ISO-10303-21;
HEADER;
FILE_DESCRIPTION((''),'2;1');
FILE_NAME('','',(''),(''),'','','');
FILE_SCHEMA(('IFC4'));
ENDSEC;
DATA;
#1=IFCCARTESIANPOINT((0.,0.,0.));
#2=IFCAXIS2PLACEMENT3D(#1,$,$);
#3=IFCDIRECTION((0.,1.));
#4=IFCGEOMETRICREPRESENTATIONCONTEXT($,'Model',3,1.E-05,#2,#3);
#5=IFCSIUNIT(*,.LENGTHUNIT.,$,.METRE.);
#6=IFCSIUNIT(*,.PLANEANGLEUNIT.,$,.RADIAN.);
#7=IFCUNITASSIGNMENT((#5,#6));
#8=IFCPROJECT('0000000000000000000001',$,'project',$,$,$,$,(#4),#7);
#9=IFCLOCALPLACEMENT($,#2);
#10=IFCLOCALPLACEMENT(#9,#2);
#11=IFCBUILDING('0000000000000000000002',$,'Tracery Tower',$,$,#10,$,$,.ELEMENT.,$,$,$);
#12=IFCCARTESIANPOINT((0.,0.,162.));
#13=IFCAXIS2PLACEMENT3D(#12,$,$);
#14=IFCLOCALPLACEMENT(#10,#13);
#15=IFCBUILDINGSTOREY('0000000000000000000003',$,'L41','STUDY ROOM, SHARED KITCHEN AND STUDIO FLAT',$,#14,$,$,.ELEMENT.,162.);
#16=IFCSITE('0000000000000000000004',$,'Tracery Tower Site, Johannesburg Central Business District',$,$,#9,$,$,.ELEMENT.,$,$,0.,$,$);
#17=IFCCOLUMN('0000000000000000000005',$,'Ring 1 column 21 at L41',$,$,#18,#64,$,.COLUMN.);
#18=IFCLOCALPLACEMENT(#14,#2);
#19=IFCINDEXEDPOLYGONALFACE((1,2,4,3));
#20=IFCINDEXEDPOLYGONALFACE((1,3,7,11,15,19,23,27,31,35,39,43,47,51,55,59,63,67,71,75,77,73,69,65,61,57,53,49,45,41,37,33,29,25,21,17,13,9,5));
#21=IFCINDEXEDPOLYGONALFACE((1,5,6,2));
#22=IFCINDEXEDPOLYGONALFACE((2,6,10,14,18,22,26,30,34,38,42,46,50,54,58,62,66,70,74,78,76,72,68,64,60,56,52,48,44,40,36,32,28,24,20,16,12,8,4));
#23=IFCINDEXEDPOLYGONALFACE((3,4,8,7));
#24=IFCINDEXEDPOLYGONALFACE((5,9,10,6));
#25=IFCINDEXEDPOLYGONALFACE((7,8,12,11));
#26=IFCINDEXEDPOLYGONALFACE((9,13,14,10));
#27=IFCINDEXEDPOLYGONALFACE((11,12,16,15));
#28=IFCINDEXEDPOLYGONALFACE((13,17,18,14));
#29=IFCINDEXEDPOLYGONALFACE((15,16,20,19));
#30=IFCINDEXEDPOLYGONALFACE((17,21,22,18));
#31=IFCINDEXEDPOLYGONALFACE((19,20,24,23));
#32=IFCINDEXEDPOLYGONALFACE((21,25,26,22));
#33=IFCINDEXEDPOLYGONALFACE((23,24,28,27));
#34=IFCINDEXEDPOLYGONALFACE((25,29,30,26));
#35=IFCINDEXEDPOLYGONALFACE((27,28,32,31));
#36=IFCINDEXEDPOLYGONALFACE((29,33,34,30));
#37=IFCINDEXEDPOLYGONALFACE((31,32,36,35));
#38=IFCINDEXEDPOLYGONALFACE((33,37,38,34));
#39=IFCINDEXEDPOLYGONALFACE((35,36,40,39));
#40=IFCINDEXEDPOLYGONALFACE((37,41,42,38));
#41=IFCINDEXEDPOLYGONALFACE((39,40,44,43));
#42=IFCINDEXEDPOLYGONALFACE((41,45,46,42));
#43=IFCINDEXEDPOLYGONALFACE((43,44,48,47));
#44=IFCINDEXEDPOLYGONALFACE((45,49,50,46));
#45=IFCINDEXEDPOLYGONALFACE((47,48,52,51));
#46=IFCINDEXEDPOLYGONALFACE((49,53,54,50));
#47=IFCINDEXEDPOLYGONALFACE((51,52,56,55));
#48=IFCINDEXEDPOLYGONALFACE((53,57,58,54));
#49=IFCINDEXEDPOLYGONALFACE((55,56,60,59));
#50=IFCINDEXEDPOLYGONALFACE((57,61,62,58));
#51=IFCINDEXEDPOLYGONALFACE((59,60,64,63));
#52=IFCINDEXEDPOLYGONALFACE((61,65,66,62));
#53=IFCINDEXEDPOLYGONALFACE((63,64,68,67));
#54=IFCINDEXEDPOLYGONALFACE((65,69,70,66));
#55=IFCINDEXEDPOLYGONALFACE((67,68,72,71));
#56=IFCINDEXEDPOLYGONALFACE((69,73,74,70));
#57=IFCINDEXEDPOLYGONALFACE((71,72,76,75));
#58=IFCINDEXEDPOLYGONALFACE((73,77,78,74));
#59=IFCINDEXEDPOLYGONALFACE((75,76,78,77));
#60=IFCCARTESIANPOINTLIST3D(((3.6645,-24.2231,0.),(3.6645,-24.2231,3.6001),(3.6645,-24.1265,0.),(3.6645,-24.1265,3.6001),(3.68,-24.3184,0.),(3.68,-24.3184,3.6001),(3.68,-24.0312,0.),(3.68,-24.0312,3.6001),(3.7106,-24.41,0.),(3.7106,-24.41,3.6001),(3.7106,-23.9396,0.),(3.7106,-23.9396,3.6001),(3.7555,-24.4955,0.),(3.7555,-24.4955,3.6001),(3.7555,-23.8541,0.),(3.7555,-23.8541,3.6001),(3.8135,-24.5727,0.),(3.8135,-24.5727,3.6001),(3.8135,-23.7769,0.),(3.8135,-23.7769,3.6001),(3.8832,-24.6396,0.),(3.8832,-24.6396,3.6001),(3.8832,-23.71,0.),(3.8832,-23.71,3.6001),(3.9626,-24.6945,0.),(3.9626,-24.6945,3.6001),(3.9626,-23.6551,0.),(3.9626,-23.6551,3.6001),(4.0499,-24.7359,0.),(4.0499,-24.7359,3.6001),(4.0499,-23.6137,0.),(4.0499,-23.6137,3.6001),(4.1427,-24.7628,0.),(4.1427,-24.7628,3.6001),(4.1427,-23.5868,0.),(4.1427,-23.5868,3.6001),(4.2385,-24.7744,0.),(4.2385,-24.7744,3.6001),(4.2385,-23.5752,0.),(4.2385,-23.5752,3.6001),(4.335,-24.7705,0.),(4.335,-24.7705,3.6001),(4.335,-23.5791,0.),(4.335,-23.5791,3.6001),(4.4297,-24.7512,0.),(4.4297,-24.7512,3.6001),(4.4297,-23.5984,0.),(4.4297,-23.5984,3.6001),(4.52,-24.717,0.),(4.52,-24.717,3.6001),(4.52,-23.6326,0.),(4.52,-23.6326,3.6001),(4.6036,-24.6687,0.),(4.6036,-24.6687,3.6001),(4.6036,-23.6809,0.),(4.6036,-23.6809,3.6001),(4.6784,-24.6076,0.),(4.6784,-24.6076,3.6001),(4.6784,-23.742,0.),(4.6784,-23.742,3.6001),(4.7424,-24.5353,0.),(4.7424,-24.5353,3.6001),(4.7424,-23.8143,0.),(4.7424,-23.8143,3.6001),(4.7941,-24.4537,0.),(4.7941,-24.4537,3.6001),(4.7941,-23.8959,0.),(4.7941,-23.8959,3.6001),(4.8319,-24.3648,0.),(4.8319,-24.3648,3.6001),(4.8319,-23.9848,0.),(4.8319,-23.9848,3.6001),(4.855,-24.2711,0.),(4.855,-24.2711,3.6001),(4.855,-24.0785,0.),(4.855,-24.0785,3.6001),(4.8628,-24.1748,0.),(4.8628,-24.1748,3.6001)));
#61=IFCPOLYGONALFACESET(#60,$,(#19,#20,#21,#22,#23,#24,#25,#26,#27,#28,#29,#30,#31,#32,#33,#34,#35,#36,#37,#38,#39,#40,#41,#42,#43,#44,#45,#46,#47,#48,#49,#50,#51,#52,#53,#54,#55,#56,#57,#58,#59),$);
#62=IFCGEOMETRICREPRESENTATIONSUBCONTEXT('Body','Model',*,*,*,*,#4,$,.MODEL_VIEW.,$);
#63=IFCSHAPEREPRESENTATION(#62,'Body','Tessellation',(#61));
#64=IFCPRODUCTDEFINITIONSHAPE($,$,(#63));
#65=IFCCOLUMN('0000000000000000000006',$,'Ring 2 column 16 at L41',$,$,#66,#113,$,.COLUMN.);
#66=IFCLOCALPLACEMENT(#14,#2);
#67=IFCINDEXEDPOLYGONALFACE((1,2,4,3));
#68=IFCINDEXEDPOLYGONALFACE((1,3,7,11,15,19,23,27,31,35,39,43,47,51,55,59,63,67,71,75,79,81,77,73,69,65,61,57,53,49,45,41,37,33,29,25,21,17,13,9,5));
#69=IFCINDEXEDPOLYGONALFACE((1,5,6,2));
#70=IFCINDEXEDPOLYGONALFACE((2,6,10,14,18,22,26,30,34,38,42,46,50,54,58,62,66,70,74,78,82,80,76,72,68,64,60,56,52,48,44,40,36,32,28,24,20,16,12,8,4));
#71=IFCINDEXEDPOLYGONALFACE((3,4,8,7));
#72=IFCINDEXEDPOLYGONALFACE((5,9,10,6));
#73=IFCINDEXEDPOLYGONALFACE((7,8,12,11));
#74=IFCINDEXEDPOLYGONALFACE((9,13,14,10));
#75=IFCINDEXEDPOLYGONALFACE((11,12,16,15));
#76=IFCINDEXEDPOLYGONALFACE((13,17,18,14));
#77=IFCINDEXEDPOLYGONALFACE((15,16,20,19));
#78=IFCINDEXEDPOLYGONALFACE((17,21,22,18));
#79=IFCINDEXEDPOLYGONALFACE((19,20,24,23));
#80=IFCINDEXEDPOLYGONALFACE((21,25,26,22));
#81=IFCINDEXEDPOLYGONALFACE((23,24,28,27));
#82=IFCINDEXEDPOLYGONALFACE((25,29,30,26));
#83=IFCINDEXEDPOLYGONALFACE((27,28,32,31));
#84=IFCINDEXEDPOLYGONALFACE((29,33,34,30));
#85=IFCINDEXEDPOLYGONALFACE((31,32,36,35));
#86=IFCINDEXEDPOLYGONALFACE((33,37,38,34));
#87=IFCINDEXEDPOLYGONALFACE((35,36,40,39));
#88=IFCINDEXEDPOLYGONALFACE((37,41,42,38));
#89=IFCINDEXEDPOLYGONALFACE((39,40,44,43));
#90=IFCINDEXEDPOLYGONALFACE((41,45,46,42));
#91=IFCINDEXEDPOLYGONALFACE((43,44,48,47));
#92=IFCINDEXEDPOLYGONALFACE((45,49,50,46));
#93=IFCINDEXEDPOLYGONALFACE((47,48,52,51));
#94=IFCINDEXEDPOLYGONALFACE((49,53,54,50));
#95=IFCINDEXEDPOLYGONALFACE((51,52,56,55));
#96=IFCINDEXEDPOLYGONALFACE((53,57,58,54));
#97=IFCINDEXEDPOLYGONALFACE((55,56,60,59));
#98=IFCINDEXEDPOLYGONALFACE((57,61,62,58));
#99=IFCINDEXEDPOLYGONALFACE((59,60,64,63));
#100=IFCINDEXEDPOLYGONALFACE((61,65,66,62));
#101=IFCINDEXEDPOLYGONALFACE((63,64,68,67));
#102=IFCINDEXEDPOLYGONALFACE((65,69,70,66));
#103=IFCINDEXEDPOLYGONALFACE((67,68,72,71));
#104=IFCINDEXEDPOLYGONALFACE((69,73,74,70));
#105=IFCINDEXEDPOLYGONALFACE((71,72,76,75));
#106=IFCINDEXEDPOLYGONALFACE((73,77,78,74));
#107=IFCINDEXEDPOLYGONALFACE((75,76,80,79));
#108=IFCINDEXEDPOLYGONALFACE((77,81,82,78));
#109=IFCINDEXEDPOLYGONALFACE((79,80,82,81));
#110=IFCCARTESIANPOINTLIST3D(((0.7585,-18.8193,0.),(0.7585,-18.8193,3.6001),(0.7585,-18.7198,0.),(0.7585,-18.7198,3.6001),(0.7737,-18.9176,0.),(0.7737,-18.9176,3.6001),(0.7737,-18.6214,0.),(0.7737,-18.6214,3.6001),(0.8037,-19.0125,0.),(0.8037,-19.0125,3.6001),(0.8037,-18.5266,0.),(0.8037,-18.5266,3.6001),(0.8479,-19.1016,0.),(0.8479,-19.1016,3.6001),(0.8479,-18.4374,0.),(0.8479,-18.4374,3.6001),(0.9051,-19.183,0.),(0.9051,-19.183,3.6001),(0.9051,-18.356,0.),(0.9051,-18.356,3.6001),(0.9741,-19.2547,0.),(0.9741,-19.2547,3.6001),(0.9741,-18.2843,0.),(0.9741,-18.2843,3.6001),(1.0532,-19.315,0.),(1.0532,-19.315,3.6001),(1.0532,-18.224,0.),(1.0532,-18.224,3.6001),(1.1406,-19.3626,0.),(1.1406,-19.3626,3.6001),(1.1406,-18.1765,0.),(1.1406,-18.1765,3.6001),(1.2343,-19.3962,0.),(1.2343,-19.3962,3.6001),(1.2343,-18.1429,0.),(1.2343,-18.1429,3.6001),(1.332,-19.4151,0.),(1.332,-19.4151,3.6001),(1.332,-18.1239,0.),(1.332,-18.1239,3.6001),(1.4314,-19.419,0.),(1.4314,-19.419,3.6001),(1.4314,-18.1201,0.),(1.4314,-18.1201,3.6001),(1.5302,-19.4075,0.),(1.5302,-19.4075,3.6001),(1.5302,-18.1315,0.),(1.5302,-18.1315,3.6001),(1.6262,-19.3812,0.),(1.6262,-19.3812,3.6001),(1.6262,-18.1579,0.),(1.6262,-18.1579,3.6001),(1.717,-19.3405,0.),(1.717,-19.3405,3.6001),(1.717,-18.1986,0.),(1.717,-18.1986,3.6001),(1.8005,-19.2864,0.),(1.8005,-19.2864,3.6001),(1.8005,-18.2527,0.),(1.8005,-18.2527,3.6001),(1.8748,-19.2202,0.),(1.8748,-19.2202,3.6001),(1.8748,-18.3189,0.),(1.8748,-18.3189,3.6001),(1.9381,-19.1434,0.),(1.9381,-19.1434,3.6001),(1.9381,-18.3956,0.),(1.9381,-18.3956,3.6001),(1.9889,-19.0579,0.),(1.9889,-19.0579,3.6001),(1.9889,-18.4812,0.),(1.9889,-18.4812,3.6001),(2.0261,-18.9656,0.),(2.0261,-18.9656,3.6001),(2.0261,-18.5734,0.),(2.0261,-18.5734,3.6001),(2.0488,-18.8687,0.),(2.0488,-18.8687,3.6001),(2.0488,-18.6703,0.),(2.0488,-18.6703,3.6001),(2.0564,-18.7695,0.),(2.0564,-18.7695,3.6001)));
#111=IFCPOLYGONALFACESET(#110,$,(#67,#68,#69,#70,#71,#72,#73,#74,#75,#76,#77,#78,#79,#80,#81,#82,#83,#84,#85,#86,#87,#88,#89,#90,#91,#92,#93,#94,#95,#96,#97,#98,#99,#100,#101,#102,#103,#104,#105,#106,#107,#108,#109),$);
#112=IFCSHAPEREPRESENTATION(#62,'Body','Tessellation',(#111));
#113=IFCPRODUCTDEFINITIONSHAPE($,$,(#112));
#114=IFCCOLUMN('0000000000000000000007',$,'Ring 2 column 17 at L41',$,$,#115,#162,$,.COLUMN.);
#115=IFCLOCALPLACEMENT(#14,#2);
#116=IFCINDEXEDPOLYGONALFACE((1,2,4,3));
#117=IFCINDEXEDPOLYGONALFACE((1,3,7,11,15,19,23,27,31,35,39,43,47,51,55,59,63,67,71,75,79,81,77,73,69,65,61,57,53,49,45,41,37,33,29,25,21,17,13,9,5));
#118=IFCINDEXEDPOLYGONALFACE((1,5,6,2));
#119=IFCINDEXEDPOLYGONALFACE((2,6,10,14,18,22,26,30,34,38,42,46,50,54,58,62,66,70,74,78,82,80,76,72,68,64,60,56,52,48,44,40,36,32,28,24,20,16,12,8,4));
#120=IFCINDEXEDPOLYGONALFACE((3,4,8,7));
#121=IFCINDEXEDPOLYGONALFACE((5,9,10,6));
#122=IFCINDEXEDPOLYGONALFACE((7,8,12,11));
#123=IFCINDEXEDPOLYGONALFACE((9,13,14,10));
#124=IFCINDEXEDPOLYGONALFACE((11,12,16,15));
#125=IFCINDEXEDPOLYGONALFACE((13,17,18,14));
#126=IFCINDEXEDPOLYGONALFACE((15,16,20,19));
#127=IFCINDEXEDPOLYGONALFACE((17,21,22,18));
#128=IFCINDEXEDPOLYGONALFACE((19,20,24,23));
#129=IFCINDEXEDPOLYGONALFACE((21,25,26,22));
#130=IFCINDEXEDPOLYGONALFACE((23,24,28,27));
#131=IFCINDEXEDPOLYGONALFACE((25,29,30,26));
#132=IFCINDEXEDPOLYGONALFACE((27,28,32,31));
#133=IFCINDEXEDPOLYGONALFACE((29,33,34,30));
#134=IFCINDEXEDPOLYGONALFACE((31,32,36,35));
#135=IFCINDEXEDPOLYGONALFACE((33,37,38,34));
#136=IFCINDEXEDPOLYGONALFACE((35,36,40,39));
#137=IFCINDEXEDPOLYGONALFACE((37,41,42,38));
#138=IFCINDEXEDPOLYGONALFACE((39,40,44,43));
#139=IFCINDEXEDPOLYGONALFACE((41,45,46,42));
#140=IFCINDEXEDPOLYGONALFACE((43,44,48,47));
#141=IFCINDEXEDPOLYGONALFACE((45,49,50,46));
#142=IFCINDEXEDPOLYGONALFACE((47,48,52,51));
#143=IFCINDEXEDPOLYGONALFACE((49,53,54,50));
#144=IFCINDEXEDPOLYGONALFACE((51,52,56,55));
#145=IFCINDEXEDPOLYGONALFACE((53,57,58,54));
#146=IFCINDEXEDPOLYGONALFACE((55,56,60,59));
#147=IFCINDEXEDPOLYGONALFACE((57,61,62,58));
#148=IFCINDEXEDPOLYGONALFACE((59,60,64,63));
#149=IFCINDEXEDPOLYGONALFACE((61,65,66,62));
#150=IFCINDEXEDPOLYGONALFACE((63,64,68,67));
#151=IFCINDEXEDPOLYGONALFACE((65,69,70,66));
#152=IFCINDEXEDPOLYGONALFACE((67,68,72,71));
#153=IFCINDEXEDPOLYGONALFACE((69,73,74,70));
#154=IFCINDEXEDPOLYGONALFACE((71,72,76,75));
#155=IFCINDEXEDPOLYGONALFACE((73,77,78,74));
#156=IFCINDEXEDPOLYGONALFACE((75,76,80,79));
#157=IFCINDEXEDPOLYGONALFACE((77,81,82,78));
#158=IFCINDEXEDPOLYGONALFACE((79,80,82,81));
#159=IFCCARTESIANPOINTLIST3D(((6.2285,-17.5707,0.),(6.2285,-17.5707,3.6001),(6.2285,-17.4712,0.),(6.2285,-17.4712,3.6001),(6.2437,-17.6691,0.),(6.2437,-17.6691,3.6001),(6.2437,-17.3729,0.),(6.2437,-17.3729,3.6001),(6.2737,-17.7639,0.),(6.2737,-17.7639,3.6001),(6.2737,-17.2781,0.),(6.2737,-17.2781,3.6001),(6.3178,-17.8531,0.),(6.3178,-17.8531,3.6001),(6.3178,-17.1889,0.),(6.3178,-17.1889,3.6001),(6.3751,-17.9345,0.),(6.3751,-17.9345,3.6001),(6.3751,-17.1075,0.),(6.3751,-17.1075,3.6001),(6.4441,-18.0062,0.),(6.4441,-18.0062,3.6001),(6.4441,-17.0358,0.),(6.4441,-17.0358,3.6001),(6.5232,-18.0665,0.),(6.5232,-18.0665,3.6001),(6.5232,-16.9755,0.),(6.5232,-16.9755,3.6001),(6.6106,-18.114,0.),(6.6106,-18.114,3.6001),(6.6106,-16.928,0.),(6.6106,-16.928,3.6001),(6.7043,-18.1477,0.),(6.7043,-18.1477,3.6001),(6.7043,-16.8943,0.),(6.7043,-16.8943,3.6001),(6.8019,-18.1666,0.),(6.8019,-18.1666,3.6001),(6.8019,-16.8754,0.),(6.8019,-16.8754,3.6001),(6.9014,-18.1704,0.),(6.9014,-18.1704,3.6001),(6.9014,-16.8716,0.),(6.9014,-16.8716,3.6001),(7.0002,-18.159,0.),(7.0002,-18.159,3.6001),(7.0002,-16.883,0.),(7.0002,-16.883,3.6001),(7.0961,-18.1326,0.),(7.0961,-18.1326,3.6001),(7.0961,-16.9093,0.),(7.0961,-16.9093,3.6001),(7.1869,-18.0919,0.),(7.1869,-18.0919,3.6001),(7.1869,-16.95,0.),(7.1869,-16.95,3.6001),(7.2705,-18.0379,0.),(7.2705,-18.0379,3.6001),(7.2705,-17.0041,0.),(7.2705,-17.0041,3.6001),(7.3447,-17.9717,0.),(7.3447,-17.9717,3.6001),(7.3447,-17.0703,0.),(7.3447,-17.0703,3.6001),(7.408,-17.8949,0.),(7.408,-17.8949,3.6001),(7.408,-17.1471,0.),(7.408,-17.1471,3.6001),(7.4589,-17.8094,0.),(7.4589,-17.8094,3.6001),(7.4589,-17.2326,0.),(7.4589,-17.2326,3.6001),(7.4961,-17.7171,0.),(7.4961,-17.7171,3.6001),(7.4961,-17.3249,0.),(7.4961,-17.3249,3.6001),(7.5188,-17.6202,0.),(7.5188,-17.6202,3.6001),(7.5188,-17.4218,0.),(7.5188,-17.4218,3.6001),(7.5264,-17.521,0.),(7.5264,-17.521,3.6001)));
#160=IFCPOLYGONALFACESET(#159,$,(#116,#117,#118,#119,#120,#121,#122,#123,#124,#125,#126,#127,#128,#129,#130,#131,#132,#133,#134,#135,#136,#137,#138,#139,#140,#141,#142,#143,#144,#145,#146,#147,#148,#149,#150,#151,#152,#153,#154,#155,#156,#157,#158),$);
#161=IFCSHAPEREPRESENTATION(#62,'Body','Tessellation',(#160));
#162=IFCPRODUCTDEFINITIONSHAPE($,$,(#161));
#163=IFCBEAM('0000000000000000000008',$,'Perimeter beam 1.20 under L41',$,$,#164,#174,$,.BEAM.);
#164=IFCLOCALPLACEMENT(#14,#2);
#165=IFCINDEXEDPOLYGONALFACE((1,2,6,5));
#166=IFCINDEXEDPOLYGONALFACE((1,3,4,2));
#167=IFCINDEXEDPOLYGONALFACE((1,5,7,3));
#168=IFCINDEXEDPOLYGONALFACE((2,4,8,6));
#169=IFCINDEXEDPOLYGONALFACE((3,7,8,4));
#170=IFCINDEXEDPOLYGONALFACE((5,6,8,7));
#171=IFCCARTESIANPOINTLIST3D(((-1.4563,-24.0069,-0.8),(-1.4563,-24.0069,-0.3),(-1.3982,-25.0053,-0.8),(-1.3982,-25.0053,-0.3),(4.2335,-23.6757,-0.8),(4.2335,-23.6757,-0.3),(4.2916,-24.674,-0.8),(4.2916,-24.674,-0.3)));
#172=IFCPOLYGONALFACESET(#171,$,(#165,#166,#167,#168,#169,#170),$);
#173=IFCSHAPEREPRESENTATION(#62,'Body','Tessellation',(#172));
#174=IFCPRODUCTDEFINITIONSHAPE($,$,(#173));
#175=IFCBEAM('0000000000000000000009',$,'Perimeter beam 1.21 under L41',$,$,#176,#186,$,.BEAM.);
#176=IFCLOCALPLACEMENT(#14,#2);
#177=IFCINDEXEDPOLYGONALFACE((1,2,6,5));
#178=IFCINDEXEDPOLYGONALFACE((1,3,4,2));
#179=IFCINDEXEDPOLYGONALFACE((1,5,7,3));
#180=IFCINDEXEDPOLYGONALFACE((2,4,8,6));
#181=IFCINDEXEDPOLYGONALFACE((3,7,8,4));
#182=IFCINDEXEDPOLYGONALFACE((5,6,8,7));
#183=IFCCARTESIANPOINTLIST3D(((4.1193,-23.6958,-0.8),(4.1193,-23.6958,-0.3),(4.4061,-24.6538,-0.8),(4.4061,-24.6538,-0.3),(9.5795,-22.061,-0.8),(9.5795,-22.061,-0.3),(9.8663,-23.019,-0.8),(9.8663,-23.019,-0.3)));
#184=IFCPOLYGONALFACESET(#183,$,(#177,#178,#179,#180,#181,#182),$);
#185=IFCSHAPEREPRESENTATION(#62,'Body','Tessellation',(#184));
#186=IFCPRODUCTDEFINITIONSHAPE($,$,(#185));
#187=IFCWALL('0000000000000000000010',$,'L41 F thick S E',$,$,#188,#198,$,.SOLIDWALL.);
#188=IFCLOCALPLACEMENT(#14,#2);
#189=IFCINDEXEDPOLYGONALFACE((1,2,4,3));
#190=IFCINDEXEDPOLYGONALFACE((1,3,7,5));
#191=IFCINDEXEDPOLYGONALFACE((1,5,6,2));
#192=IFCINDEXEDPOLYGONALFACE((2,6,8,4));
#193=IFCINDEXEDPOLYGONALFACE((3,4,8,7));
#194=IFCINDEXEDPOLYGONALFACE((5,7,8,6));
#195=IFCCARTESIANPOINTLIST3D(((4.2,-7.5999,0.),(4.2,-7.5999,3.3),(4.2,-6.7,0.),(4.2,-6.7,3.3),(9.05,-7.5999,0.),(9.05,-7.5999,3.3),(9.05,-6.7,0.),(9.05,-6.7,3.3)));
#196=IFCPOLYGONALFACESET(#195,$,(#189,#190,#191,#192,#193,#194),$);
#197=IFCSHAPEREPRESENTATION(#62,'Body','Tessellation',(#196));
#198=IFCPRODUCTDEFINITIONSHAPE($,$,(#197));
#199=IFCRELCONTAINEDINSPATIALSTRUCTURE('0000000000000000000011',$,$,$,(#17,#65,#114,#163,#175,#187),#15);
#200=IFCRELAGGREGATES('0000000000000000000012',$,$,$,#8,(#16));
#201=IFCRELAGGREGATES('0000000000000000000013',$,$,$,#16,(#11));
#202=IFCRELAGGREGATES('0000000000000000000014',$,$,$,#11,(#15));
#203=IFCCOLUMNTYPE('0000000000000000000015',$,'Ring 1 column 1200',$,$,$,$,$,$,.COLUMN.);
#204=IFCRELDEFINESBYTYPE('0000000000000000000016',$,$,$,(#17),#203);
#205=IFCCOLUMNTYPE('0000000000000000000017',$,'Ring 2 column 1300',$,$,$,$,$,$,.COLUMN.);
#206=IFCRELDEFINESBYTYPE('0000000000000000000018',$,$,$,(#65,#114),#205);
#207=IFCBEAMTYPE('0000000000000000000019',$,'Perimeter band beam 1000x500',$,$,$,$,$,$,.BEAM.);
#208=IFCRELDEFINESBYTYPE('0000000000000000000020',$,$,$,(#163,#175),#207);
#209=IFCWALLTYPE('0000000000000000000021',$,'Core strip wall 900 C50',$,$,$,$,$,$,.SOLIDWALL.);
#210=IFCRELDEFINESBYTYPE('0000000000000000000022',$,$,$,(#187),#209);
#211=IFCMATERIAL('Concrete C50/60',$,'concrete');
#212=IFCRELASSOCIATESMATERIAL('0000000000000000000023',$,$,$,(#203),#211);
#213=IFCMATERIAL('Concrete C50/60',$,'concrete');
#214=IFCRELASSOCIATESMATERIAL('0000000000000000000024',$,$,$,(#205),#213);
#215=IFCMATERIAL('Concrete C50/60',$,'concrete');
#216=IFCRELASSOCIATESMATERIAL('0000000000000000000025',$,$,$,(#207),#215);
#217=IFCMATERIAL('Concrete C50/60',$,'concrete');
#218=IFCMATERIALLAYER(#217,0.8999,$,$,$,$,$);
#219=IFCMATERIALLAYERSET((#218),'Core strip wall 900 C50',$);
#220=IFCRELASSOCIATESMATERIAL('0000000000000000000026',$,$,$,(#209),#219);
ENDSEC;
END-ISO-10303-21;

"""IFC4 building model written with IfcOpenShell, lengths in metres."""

from ifc_helpers import new_model, si_unit, direction, frame, frame_2d, origin, origin_2d, place, context, subcontext, project, spatial, rectangle, circle, extrude, material, layer, layer_set, material_profile, profile_set, type_object, element, save


model = new_model("IFC4")

# Units and contexts
model_context = context("Model", 3, precision=1e-05, world=origin(), true_north=direction((0.0, 1.0)))
body_context = subcontext(model_context, "Body", "Model", "MODEL_VIEW")
ifc_project = project(units=[si_unit("LENGTHUNIT", "METRE"), si_unit("PLANEANGLEUNIT", "RADIAN")], contexts=[model_context])

# Site, building, storey
site_placement = place(None, origin())
site = spatial("IfcSite", under=ifc_project, at=site_placement, Name="Tracery Tower Site, Johannesburg Central Business District", CompositionType="ELEMENT", RefElevation=0.0)
building_placement = place(site_placement, origin())
building = spatial("IfcBuilding", under=site, at=building_placement, Name="Tracery Tower", CompositionType="ELEMENT")
storey_placement = place(building_placement, frame((0.0, 0.0, 162.0)))
storey = spatial("IfcBuildingStorey", under=building, at=storey_placement, Name="L41", Description="STUDY ROOM, SHARED KITCHEN AND STUDIO FLAT", CompositionType="ELEMENT", Elevation=162.0)

# Columns
ifc_material_1 = material(Name="Concrete C50/60", Category="concrete")
ifc_material_profile_1 = material_profile(ifc_material_1, circle(Radius=0.6001, at=origin_2d()), Name="RC D1200")
ifc_profile_set_1 = profile_set([ifc_material_profile_1], Name="Concrete C50/60")
column_type_1 = type_object("IfcColumnType", Name="Ring 1 column 1200", PredefinedType="COLUMN", material=ifc_profile_set_1)
column_placement = place(storey_placement, frame((4.2627, -24.1748, 0.0), z_axis=(0.0, 0.0, 1.0), x_axis=(1.0, 0.0, 0.0)))
element("IfcColumn", 1, at=column_placement, inside=storey, type_object=column_type_1, Name="Ring 1 column 21 at L41", PredefinedType="COLUMN", context=body_context, shape_type="SweptSolid", body=[
    extrude(circle(Radius=0.6001, at=origin_2d()), origin(), (0.0, 0.0, 1.0), 3.6001),
])
ifc_material_2 = material(Name="Concrete C50/60", Category="concrete")
ifc_material_profile_2 = material_profile(ifc_material_2, circle(Radius=0.6499, at=origin_2d()), Name="RC D1300")
ifc_profile_set_2 = profile_set([ifc_material_profile_2], Name="Concrete C50/60")
column_type_2 = type_object("IfcColumnType", Name="Ring 2 column 1300", PredefinedType="COLUMN", material=ifc_profile_set_2)
for number, where, z_axis, x_axis, name in (
    (2, (1.4065, -18.7695, 0.0), (0.0, 0.0, 1.0), (1.0, 0.0, 0.0), "Ring 2 column 16 at L41"),
    (3, (6.8765, -17.521, 0.0), (0.0, 0.0, 1.0), (1.0, 0.0, 0.0), "Ring 2 column 17 at L41"),
):
    element("IfcColumn", number, at=place(storey_placement, frame(where, z_axis=z_axis, x_axis=x_axis)), inside=storey, type_object=column_type_2, Name=name, PredefinedType="COLUMN", context=body_context, shape_type="SweptSolid", body=[
        extrude(circle(Radius=0.6499, at=origin_2d()), origin(), (0.0, 0.0, 1.0), 3.6001),
    ])

# Beams
ifc_material_3 = material(Name="Concrete C50/60", Category="concrete")
ifc_material_profile_3 = material_profile(ifc_material_3, rectangle(XDim=1.0, YDim=0.5, at=origin_2d()), Name="RC 1000x500")
ifc_profile_set_3 = profile_set([ifc_material_profile_3], Name="Concrete C50/60")
beam_type = type_object("IfcBeamType", Name="Perimeter band beam 1000x500", PredefinedType="BEAM", material=ifc_profile_set_3)
beam_1_placement = place(storey_placement, frame((-1.4272, -24.5061, -0.55), z_axis=(0.998309, 0.058127, 0.0), x_axis=(-0.058127, 0.998309, 0.0)))
element("IfcBeam", 4, at=beam_1_placement, inside=storey, type_object=beam_type, Name="Perimeter beam 1.20 under L41", PredefinedType="BEAM", context=body_context, shape_type="SweptSolid", body=[
    extrude(rectangle(XDim=1.0, YDim=0.5, at=origin_2d()), origin(), (0.0, 0.0, 1.0), 5.6995),
])
beam_2_placement = place(storey_placement, frame((4.2627, -24.1748, -0.55), z_axis=(0.957985, 0.286817, 0.0), x_axis=(-0.286817, 0.957985, 0.0)))
element("IfcBeam", 5, at=beam_2_placement, inside=storey, type_object=beam_type, Name="Perimeter beam 1.21 under L41", PredefinedType="BEAM", context=body_context, shape_type="SweptSolid", body=[
    extrude(rectangle(XDim=1.0, YDim=0.5, at=origin_2d()), origin(), (0.0, 0.0, 1.0), 5.6997),
])

# Wall
ifc_material_4 = material(Name="Concrete C50/60", Category="concrete")
ifc_layer_1 = layer(ifc_material_4, 0.8999)
ifc_layer_set_1 = layer_set([ifc_layer_1], Name="Core strip wall 900 C50")
wall_type_1 = type_object("IfcWallType", Name="Core strip wall 900 C50", PredefinedType="SOLIDWALL", material=ifc_layer_set_1)
wall_1_placement = place(storey_placement, frame((4.2, -7.1499, 0.0), z_axis=(0.0, 0.0, 1.0), x_axis=(1.0, 0.0, 0.0)))
element("IfcWall", 6, at=wall_1_placement, inside=storey, type_object=wall_type_1, Name="L41 F thick S E", PredefinedType="SOLIDWALL", context=body_context, shape_type="SweptSolid", body=[
    extrude(rectangle(XDim=4.8501, YDim=0.8999, at=frame_2d((2.425, 0.0))), origin(), (0.0, 0.0, 1.0), 3.3),
])

save(model, "model.ifc")
